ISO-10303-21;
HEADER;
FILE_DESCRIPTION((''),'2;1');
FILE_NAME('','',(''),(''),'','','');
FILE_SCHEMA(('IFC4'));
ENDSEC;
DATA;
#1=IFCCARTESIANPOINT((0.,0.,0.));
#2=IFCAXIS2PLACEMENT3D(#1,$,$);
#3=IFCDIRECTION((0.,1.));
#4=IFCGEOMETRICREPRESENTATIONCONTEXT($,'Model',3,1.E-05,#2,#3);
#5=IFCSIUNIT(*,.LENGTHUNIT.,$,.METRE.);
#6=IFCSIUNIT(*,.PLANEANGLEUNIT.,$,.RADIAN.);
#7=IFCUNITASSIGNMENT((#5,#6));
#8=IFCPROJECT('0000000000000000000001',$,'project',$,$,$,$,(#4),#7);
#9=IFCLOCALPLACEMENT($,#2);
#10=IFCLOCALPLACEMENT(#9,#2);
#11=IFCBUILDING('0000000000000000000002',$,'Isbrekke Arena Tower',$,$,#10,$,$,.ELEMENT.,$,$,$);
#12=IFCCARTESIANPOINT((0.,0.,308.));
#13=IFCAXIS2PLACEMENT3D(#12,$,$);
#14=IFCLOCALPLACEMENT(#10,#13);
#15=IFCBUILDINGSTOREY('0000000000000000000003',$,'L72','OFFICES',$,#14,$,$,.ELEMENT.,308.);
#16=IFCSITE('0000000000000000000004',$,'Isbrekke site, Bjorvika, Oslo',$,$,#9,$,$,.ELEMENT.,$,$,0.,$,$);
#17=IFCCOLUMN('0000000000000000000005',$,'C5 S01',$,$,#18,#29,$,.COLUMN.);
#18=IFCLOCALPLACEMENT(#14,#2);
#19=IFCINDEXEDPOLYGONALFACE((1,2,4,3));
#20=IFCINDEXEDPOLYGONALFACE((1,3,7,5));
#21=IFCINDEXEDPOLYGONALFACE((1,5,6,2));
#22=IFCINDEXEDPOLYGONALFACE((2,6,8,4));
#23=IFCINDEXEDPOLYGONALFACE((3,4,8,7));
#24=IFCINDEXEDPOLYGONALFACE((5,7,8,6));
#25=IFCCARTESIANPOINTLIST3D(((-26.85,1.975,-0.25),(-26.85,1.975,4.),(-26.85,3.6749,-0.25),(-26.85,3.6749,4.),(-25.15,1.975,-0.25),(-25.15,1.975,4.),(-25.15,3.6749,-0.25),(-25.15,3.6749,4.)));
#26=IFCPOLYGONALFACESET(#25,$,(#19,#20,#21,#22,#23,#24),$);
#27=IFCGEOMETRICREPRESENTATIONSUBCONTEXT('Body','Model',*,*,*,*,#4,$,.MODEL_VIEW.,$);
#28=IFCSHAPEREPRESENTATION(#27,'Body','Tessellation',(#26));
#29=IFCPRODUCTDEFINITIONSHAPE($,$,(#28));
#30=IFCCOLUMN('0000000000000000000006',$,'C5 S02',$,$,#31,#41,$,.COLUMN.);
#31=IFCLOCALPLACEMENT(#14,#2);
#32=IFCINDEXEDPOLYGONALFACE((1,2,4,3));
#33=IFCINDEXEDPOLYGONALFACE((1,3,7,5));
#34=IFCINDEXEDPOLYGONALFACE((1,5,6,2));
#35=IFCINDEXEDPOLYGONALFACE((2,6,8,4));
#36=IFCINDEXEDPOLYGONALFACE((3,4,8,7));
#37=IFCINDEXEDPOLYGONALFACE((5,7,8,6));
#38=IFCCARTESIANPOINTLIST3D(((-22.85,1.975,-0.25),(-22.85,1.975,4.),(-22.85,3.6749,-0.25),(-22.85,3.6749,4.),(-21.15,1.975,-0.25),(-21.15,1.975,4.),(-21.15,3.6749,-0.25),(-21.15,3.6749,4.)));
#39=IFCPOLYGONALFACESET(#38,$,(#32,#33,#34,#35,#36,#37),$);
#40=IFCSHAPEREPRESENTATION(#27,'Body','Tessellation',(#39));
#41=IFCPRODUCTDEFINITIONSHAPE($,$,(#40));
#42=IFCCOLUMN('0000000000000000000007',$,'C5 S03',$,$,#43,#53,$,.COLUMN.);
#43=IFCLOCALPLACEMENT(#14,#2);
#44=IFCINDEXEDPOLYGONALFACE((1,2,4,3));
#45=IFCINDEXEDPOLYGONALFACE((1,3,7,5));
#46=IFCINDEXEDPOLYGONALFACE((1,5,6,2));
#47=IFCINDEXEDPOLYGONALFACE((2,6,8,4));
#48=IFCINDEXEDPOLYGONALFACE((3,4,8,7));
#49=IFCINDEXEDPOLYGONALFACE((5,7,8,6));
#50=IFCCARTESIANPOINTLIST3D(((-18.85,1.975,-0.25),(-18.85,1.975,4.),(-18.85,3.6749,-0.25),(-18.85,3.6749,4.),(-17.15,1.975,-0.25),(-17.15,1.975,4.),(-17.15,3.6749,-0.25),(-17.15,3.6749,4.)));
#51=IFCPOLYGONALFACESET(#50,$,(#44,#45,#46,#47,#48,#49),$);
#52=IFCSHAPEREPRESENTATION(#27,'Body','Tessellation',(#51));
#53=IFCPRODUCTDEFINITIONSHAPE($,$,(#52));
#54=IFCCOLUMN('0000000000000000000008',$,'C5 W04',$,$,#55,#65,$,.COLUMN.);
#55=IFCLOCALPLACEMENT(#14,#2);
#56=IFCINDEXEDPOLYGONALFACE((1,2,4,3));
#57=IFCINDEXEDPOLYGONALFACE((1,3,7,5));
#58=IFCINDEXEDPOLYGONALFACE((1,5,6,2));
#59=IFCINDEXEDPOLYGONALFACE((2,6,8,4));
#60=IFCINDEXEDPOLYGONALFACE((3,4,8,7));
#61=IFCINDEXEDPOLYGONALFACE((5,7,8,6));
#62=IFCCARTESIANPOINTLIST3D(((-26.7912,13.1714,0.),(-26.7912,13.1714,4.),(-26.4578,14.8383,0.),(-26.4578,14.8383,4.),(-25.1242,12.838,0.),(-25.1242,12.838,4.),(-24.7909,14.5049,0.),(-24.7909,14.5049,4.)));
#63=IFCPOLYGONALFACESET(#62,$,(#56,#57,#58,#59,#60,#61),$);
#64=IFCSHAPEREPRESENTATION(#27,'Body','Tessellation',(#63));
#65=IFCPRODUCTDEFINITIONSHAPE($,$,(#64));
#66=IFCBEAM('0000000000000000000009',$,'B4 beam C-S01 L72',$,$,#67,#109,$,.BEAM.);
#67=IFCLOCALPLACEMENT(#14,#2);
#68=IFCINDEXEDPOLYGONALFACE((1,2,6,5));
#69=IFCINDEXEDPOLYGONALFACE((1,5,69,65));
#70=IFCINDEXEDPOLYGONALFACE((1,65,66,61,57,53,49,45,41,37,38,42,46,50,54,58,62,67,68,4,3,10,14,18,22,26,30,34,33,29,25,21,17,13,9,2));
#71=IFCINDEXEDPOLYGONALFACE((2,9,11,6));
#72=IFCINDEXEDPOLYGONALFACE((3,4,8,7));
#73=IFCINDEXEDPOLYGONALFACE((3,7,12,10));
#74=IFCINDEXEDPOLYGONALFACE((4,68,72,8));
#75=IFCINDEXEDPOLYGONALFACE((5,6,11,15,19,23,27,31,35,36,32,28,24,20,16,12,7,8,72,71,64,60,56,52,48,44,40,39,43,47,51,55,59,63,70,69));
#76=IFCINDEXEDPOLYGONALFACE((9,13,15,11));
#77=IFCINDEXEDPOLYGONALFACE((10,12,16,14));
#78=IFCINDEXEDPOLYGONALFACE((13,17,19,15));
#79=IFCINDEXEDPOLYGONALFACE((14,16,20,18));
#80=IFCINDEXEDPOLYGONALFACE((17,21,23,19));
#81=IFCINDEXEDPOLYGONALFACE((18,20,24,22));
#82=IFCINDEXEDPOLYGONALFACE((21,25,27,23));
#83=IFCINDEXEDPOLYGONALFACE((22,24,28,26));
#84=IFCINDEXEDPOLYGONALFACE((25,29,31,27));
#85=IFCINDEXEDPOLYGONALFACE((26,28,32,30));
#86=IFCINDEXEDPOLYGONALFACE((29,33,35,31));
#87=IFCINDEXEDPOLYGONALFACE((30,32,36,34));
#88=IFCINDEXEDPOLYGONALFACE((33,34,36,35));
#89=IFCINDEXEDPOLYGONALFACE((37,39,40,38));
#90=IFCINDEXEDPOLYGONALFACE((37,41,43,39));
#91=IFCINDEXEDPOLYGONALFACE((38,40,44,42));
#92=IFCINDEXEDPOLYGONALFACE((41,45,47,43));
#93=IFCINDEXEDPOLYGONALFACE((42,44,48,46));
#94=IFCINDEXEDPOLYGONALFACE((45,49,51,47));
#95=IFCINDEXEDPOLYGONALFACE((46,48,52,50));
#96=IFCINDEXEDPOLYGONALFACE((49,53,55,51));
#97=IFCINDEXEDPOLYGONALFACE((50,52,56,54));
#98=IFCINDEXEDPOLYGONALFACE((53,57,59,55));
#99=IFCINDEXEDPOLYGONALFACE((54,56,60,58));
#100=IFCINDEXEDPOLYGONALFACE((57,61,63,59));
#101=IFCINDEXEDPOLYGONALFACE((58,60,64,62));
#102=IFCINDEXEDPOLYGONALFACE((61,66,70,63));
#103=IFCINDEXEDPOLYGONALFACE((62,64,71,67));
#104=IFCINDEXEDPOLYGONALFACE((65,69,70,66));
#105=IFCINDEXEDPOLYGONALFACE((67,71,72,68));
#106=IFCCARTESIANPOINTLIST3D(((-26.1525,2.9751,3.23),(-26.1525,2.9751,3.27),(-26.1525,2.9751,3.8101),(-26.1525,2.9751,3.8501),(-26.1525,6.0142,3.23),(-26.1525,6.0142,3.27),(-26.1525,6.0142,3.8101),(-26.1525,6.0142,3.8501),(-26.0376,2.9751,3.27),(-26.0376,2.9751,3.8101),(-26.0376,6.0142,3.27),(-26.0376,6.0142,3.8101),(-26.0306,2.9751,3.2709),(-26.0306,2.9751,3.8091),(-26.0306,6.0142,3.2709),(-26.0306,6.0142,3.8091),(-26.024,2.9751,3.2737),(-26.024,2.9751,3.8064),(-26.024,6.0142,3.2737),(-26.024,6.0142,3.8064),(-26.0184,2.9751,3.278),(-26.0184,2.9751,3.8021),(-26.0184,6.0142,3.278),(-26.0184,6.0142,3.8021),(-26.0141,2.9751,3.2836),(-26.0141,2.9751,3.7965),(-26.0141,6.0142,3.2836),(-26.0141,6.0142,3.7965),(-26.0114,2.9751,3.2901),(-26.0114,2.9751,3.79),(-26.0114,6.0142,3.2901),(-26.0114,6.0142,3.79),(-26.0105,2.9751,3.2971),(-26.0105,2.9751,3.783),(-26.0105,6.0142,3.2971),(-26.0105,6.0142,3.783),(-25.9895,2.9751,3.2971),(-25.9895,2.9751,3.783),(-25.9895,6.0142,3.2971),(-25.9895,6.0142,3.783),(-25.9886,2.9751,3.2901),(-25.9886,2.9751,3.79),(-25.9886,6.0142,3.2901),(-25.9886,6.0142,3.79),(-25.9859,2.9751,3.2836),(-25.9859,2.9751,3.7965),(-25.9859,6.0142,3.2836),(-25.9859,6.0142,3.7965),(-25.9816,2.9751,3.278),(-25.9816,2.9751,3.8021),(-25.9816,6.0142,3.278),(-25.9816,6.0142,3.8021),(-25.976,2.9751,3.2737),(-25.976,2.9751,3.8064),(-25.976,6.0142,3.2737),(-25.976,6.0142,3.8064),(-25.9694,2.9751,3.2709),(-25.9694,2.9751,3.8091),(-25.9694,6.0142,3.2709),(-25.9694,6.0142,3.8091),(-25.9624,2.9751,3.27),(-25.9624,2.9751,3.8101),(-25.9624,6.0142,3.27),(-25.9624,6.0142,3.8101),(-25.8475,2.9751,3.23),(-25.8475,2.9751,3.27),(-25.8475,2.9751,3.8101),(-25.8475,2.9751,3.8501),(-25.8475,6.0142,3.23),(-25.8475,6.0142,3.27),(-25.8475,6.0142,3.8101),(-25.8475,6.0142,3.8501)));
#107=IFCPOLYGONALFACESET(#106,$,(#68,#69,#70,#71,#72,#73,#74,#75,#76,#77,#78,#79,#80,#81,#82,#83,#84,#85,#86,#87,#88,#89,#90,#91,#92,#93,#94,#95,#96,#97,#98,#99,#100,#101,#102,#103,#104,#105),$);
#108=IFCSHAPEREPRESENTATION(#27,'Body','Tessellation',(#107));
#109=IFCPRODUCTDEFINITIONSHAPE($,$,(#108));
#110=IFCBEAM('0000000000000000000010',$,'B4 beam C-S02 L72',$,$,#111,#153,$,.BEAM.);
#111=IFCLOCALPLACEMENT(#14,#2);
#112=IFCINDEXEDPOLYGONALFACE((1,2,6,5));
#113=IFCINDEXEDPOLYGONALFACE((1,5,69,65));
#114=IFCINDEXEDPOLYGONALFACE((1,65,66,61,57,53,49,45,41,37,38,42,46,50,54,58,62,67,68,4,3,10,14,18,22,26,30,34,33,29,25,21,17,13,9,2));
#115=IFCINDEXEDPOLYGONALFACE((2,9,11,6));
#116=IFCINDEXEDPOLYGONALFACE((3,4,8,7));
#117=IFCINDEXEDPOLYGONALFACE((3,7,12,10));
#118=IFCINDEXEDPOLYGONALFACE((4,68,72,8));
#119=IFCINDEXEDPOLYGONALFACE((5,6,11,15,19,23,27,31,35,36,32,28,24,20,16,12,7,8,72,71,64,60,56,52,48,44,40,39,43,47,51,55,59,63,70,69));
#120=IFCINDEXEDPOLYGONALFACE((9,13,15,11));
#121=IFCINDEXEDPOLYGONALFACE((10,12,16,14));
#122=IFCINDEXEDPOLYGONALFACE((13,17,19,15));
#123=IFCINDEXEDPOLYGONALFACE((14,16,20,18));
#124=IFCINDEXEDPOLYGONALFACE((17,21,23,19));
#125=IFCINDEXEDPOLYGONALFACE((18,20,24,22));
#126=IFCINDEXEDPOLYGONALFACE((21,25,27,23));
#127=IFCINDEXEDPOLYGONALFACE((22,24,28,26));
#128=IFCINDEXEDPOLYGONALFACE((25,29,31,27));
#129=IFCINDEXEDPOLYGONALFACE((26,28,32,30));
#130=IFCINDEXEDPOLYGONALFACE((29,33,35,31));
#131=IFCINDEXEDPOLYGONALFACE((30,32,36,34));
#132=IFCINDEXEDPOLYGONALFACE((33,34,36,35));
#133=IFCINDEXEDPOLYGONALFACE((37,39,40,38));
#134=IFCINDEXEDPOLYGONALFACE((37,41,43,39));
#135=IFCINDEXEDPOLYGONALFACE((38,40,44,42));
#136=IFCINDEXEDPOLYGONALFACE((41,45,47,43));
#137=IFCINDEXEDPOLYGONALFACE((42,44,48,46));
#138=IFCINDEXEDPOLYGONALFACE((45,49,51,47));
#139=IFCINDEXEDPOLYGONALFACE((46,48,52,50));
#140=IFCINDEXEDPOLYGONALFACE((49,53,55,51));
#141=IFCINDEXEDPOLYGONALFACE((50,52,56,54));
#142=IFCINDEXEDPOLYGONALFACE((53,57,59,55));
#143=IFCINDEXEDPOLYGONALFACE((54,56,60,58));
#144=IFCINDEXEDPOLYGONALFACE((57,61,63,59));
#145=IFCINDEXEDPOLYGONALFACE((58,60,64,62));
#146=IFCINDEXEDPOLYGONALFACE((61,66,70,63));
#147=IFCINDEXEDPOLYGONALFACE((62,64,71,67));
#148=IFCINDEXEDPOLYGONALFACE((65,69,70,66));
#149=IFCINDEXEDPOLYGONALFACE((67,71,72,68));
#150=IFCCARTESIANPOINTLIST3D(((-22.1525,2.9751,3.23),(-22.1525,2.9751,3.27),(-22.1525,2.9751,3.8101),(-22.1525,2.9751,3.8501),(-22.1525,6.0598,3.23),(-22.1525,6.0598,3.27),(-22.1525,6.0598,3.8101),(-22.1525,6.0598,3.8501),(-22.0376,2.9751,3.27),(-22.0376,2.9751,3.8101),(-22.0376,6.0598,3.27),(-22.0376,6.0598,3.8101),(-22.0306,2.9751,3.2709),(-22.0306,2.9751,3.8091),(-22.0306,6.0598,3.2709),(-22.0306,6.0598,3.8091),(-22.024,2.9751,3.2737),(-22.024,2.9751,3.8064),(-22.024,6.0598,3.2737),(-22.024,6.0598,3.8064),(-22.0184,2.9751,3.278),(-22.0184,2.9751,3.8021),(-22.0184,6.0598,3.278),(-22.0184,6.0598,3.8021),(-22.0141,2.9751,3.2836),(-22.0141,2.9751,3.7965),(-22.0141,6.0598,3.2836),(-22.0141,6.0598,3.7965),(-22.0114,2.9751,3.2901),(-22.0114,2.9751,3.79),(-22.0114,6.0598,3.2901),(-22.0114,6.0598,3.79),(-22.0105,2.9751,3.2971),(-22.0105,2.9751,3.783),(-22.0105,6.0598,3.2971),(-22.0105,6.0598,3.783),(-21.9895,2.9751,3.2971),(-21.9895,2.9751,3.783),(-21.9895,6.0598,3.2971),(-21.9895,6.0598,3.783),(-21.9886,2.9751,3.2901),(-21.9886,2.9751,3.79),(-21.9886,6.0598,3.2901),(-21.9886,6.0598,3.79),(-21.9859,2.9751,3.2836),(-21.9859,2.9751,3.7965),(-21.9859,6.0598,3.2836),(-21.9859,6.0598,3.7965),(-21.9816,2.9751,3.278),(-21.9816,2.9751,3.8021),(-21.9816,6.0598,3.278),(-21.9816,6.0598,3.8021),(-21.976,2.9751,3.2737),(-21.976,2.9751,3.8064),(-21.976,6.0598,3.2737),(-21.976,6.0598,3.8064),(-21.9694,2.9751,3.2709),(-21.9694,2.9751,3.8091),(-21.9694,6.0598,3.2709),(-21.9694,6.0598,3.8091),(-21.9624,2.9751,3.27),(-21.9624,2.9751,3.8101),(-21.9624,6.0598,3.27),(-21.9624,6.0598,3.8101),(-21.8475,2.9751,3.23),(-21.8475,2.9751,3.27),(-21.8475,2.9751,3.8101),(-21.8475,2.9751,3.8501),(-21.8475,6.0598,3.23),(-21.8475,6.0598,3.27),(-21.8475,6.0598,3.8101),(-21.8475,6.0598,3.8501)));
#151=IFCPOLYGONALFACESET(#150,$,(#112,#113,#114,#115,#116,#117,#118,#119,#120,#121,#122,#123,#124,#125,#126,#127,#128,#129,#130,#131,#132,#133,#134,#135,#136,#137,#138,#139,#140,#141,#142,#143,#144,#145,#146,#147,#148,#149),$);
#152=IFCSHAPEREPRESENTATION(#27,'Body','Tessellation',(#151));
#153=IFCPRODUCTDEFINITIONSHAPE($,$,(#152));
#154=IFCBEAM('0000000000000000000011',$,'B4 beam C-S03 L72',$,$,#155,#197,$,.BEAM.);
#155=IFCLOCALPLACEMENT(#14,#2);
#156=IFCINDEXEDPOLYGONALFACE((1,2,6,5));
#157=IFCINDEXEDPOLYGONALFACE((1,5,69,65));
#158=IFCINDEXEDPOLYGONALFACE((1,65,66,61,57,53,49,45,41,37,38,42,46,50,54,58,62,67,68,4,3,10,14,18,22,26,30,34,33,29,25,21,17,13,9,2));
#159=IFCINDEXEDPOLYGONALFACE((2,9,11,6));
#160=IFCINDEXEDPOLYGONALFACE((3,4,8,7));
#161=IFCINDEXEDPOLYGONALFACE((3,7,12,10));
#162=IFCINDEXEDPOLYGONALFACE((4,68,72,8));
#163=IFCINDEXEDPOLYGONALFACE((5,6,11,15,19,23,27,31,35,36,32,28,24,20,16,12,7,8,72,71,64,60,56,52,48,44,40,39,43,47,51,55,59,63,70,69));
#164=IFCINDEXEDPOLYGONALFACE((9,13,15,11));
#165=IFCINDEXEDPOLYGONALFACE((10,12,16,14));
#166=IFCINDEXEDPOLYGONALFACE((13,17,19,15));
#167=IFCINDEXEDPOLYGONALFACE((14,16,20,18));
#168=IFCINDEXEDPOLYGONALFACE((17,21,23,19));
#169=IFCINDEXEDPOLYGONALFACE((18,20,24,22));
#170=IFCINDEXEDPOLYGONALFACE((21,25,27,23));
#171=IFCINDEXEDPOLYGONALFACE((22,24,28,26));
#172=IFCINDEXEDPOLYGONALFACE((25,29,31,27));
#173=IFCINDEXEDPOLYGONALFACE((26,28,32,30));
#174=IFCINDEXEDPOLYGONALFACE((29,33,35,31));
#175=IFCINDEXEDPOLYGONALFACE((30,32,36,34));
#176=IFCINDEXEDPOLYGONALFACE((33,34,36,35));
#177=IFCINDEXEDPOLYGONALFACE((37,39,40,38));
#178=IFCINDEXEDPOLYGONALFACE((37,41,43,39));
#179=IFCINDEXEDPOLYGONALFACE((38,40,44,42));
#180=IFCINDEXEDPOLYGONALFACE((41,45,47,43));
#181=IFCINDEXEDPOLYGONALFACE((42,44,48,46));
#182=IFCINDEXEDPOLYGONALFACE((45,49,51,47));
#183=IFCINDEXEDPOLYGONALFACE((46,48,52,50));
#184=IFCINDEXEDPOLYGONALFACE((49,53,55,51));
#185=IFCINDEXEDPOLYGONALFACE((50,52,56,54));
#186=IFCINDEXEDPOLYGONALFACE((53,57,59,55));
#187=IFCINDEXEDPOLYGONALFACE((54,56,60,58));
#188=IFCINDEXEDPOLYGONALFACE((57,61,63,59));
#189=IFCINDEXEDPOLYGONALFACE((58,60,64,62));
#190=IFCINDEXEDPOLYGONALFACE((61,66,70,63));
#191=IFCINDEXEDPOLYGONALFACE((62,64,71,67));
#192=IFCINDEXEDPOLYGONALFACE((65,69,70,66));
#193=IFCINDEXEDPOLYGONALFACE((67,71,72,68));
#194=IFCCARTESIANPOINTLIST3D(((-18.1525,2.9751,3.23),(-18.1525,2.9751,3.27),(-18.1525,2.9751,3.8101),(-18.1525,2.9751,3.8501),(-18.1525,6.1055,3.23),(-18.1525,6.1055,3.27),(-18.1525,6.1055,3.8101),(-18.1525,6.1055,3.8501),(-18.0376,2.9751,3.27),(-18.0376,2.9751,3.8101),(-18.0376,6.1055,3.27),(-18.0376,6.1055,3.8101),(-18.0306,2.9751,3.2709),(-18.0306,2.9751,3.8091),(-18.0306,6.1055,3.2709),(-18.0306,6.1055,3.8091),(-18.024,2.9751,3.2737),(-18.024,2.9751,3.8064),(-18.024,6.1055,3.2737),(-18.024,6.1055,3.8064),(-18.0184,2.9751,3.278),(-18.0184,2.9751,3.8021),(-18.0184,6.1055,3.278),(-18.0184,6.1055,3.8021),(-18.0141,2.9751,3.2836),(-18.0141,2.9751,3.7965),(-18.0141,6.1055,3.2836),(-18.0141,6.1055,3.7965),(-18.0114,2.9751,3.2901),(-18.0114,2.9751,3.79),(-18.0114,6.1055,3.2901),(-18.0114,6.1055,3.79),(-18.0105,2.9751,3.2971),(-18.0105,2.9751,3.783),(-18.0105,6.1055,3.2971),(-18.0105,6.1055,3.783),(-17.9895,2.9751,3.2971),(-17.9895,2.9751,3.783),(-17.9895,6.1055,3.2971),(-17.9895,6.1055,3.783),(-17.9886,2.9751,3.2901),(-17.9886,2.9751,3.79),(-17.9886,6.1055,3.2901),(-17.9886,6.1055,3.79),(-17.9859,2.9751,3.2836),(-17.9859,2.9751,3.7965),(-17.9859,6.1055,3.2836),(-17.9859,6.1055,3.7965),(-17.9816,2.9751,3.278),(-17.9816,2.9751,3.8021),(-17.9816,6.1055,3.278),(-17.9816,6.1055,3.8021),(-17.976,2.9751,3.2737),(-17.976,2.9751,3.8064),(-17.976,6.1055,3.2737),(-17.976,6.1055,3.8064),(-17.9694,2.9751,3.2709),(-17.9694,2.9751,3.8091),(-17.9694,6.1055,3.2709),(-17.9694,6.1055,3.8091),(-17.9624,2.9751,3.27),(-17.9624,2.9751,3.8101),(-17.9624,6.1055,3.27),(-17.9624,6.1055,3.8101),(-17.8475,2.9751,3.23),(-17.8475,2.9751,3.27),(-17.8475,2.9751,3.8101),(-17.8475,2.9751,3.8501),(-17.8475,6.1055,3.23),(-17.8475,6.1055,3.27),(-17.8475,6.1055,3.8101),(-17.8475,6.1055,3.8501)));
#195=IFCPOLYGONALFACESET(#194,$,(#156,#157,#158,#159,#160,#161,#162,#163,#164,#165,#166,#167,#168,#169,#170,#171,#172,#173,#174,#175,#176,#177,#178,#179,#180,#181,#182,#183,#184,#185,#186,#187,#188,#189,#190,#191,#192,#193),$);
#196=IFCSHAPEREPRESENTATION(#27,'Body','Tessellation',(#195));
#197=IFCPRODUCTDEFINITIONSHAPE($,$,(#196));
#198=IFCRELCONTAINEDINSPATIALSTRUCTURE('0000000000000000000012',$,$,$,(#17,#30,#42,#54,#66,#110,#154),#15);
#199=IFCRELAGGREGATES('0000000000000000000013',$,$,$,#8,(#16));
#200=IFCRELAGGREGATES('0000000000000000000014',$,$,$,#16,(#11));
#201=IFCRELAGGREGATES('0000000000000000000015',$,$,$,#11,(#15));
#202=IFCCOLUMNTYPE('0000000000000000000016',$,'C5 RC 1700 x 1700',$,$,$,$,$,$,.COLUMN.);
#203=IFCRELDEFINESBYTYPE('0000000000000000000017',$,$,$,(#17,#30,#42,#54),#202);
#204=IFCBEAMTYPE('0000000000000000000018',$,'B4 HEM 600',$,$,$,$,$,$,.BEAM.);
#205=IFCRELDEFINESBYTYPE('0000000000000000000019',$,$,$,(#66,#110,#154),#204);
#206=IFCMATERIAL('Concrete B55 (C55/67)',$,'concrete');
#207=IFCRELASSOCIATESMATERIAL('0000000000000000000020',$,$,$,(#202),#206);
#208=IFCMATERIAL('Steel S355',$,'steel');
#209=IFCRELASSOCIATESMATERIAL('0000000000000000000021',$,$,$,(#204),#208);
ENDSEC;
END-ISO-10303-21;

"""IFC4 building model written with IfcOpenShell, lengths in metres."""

from ifc_helpers import new_model, si_unit, direction, frame, origin, origin_2d, place, context, subcontext, project, spatial, rectangle, i_section, extrude, material, material_profile, profile_set, type_object, element, save


model = new_model("IFC4")

# Units and contexts
model_context = context("Model", 3, precision=1e-05, world=origin(), true_north=direction((0.0, 1.0)))
body_context = subcontext(model_context, "Body", "Model", "MODEL_VIEW")
ifc_project = project(units=[si_unit("LENGTHUNIT", "METRE"), si_unit("PLANEANGLEUNIT", "RADIAN")], contexts=[model_context])

# Site, building, storey
site_placement = place(None, origin())
site = spatial("IfcSite", under=ifc_project, at=site_placement, Name="Isbrekke site, Bjorvika, Oslo", CompositionType="ELEMENT", RefElevation=0.0)
building_placement = place(site_placement, origin())
building = spatial("IfcBuilding", under=site, at=building_placement, Name="Isbrekke Arena Tower", CompositionType="ELEMENT")
storey_placement = place(building_placement, frame((0.0, 0.0, 308.0)))
storey = spatial("IfcBuildingStorey", under=building, at=storey_placement, Name="L72", Description="OFFICES", CompositionType="ELEMENT", Elevation=308.0)

# Columns
ifc_material_1 = material(Name="Concrete B55 (C55/67)", Category="concrete")
ifc_material_profile_1 = material_profile(ifc_material_1, rectangle(XDim=1.7, YDim=1.7, at=origin_2d()), Name="RC 1700x1700")
ifc_profile_set_1 = profile_set([ifc_material_profile_1], Name="Concrete B55 (C55/67)")
column_type = type_object("IfcColumnType", Name="C5 RC 1700 x 1700", PredefinedType="COLUMN", material=ifc_profile_set_1)
for number, where, z_axis, x_axis, name in (
    (1, (-26.0, 2.825, -0.25), (0.0, 0.0, 1.0), (1.0, 0.0, 0.0), "C5 S01"),
    (2, (-22.0, 2.825, -0.25), (0.0, 0.0, 1.0), (1.0, 0.0, 0.0), "C5 S02"),
    (3, (-18.0, 2.825, -0.25), (0.0, 0.0, 1.0), (1.0, 0.0, 0.0), "C5 S03"),
):
    element("IfcColumn", number, at=place(storey_placement, frame(where, z_axis=z_axis, x_axis=x_axis)), inside=storey, type_object=column_type, Name=name, PredefinedType="COLUMN", context=body_context, shape_type="SweptSolid", body=[
        extrude(rectangle(XDim=1.7, YDim=1.7, at=origin_2d()), origin(), (0.0, 0.0, 1.0), 4.25),
    ])
column_placement = place(storey_placement, frame((-25.791, 13.8381, 0.0), z_axis=(0.0, 0.0, 1.0), x_axis=(-0.196116, -0.980581, 0.0)))
element("IfcColumn", 4, at=column_placement, inside=storey, type_object=column_type, Name="C5 W04", PredefinedType="COLUMN", context=body_context, shape_type="SweptSolid", body=[
    extrude(rectangle(XDim=1.7, YDim=1.7, at=origin_2d()), origin(), (0.0, 0.0, 1.0), 4.0),
])

# Beams
ifc_material_2 = material(Name="Steel S355", Category="steel")
ifc_material_profile_2 = material_profile(ifc_material_2, i_section(OverallWidth=0.3049, OverallDepth=0.6201, WebThickness=0.021, FlangeThickness=0.04, FilletRadius=0.0271, at=origin_2d()), Name="HEM 600")
ifc_profile_set_2 = profile_set([ifc_material_profile_2], Name="Steel S355")
beam_type_1 = type_object("IfcBeamType", Name="B4 HEM 600", PredefinedType="BEAM", material=ifc_profile_set_2)
beam_1_placement = place(storey_placement, frame((-26.0, 2.9751, 3.54), z_axis=(0.0, 1.0, 0.0), x_axis=(-1.0, 0.0, 0.0)))
element("IfcBeam", 5, at=beam_1_placement, inside=storey, type_object=beam_type_1, Name="B4 beam C-S01 L72", PredefinedType="BEAM", context=body_context, shape_type="SweptSolid", body=[
    extrude(i_section(OverallWidth=0.3049, OverallDepth=0.6201, WebThickness=0.021, FlangeThickness=0.04, FilletRadius=0.0271, at=origin_2d()), origin(), (0.0, 0.0, 1.0), 3.0391),
])
beam_2_placement = place(storey_placement, frame((-22.0, 2.9751, 3.54), z_axis=(0.0, 1.0, 0.0), x_axis=(-1.0, 0.0, 0.0)))
element("IfcBeam", 6, at=beam_2_placement, inside=storey, type_object=beam_type_1, Name="B4 beam C-S02 L72", PredefinedType="BEAM", context=body_context, shape_type="SweptSolid", body=[
    extrude(i_section(OverallWidth=0.3049, OverallDepth=0.6201, WebThickness=0.021, FlangeThickness=0.04, FilletRadius=0.0271, at=origin_2d()), origin(), (0.0, 0.0, 1.0), 3.0847),
])
beam_3_placement = place(storey_placement, frame((-18.0, 2.9751, 3.54), z_axis=(0.0, 1.0, 0.0), x_axis=(-1.0, 0.0, 0.0)))
element("IfcBeam", 7, at=beam_3_placement, inside=storey, type_object=beam_type_1, Name="B4 beam C-S03 L72", PredefinedType="BEAM", context=body_context, shape_type="SweptSolid", body=[
    extrude(i_section(OverallWidth=0.3049, OverallDepth=0.6201, WebThickness=0.021, FlangeThickness=0.04, FilletRadius=0.0271, at=origin_2d()), origin(), (0.0, 0.0, 1.0), 3.1304),
])

save(model, "model.ifc")
